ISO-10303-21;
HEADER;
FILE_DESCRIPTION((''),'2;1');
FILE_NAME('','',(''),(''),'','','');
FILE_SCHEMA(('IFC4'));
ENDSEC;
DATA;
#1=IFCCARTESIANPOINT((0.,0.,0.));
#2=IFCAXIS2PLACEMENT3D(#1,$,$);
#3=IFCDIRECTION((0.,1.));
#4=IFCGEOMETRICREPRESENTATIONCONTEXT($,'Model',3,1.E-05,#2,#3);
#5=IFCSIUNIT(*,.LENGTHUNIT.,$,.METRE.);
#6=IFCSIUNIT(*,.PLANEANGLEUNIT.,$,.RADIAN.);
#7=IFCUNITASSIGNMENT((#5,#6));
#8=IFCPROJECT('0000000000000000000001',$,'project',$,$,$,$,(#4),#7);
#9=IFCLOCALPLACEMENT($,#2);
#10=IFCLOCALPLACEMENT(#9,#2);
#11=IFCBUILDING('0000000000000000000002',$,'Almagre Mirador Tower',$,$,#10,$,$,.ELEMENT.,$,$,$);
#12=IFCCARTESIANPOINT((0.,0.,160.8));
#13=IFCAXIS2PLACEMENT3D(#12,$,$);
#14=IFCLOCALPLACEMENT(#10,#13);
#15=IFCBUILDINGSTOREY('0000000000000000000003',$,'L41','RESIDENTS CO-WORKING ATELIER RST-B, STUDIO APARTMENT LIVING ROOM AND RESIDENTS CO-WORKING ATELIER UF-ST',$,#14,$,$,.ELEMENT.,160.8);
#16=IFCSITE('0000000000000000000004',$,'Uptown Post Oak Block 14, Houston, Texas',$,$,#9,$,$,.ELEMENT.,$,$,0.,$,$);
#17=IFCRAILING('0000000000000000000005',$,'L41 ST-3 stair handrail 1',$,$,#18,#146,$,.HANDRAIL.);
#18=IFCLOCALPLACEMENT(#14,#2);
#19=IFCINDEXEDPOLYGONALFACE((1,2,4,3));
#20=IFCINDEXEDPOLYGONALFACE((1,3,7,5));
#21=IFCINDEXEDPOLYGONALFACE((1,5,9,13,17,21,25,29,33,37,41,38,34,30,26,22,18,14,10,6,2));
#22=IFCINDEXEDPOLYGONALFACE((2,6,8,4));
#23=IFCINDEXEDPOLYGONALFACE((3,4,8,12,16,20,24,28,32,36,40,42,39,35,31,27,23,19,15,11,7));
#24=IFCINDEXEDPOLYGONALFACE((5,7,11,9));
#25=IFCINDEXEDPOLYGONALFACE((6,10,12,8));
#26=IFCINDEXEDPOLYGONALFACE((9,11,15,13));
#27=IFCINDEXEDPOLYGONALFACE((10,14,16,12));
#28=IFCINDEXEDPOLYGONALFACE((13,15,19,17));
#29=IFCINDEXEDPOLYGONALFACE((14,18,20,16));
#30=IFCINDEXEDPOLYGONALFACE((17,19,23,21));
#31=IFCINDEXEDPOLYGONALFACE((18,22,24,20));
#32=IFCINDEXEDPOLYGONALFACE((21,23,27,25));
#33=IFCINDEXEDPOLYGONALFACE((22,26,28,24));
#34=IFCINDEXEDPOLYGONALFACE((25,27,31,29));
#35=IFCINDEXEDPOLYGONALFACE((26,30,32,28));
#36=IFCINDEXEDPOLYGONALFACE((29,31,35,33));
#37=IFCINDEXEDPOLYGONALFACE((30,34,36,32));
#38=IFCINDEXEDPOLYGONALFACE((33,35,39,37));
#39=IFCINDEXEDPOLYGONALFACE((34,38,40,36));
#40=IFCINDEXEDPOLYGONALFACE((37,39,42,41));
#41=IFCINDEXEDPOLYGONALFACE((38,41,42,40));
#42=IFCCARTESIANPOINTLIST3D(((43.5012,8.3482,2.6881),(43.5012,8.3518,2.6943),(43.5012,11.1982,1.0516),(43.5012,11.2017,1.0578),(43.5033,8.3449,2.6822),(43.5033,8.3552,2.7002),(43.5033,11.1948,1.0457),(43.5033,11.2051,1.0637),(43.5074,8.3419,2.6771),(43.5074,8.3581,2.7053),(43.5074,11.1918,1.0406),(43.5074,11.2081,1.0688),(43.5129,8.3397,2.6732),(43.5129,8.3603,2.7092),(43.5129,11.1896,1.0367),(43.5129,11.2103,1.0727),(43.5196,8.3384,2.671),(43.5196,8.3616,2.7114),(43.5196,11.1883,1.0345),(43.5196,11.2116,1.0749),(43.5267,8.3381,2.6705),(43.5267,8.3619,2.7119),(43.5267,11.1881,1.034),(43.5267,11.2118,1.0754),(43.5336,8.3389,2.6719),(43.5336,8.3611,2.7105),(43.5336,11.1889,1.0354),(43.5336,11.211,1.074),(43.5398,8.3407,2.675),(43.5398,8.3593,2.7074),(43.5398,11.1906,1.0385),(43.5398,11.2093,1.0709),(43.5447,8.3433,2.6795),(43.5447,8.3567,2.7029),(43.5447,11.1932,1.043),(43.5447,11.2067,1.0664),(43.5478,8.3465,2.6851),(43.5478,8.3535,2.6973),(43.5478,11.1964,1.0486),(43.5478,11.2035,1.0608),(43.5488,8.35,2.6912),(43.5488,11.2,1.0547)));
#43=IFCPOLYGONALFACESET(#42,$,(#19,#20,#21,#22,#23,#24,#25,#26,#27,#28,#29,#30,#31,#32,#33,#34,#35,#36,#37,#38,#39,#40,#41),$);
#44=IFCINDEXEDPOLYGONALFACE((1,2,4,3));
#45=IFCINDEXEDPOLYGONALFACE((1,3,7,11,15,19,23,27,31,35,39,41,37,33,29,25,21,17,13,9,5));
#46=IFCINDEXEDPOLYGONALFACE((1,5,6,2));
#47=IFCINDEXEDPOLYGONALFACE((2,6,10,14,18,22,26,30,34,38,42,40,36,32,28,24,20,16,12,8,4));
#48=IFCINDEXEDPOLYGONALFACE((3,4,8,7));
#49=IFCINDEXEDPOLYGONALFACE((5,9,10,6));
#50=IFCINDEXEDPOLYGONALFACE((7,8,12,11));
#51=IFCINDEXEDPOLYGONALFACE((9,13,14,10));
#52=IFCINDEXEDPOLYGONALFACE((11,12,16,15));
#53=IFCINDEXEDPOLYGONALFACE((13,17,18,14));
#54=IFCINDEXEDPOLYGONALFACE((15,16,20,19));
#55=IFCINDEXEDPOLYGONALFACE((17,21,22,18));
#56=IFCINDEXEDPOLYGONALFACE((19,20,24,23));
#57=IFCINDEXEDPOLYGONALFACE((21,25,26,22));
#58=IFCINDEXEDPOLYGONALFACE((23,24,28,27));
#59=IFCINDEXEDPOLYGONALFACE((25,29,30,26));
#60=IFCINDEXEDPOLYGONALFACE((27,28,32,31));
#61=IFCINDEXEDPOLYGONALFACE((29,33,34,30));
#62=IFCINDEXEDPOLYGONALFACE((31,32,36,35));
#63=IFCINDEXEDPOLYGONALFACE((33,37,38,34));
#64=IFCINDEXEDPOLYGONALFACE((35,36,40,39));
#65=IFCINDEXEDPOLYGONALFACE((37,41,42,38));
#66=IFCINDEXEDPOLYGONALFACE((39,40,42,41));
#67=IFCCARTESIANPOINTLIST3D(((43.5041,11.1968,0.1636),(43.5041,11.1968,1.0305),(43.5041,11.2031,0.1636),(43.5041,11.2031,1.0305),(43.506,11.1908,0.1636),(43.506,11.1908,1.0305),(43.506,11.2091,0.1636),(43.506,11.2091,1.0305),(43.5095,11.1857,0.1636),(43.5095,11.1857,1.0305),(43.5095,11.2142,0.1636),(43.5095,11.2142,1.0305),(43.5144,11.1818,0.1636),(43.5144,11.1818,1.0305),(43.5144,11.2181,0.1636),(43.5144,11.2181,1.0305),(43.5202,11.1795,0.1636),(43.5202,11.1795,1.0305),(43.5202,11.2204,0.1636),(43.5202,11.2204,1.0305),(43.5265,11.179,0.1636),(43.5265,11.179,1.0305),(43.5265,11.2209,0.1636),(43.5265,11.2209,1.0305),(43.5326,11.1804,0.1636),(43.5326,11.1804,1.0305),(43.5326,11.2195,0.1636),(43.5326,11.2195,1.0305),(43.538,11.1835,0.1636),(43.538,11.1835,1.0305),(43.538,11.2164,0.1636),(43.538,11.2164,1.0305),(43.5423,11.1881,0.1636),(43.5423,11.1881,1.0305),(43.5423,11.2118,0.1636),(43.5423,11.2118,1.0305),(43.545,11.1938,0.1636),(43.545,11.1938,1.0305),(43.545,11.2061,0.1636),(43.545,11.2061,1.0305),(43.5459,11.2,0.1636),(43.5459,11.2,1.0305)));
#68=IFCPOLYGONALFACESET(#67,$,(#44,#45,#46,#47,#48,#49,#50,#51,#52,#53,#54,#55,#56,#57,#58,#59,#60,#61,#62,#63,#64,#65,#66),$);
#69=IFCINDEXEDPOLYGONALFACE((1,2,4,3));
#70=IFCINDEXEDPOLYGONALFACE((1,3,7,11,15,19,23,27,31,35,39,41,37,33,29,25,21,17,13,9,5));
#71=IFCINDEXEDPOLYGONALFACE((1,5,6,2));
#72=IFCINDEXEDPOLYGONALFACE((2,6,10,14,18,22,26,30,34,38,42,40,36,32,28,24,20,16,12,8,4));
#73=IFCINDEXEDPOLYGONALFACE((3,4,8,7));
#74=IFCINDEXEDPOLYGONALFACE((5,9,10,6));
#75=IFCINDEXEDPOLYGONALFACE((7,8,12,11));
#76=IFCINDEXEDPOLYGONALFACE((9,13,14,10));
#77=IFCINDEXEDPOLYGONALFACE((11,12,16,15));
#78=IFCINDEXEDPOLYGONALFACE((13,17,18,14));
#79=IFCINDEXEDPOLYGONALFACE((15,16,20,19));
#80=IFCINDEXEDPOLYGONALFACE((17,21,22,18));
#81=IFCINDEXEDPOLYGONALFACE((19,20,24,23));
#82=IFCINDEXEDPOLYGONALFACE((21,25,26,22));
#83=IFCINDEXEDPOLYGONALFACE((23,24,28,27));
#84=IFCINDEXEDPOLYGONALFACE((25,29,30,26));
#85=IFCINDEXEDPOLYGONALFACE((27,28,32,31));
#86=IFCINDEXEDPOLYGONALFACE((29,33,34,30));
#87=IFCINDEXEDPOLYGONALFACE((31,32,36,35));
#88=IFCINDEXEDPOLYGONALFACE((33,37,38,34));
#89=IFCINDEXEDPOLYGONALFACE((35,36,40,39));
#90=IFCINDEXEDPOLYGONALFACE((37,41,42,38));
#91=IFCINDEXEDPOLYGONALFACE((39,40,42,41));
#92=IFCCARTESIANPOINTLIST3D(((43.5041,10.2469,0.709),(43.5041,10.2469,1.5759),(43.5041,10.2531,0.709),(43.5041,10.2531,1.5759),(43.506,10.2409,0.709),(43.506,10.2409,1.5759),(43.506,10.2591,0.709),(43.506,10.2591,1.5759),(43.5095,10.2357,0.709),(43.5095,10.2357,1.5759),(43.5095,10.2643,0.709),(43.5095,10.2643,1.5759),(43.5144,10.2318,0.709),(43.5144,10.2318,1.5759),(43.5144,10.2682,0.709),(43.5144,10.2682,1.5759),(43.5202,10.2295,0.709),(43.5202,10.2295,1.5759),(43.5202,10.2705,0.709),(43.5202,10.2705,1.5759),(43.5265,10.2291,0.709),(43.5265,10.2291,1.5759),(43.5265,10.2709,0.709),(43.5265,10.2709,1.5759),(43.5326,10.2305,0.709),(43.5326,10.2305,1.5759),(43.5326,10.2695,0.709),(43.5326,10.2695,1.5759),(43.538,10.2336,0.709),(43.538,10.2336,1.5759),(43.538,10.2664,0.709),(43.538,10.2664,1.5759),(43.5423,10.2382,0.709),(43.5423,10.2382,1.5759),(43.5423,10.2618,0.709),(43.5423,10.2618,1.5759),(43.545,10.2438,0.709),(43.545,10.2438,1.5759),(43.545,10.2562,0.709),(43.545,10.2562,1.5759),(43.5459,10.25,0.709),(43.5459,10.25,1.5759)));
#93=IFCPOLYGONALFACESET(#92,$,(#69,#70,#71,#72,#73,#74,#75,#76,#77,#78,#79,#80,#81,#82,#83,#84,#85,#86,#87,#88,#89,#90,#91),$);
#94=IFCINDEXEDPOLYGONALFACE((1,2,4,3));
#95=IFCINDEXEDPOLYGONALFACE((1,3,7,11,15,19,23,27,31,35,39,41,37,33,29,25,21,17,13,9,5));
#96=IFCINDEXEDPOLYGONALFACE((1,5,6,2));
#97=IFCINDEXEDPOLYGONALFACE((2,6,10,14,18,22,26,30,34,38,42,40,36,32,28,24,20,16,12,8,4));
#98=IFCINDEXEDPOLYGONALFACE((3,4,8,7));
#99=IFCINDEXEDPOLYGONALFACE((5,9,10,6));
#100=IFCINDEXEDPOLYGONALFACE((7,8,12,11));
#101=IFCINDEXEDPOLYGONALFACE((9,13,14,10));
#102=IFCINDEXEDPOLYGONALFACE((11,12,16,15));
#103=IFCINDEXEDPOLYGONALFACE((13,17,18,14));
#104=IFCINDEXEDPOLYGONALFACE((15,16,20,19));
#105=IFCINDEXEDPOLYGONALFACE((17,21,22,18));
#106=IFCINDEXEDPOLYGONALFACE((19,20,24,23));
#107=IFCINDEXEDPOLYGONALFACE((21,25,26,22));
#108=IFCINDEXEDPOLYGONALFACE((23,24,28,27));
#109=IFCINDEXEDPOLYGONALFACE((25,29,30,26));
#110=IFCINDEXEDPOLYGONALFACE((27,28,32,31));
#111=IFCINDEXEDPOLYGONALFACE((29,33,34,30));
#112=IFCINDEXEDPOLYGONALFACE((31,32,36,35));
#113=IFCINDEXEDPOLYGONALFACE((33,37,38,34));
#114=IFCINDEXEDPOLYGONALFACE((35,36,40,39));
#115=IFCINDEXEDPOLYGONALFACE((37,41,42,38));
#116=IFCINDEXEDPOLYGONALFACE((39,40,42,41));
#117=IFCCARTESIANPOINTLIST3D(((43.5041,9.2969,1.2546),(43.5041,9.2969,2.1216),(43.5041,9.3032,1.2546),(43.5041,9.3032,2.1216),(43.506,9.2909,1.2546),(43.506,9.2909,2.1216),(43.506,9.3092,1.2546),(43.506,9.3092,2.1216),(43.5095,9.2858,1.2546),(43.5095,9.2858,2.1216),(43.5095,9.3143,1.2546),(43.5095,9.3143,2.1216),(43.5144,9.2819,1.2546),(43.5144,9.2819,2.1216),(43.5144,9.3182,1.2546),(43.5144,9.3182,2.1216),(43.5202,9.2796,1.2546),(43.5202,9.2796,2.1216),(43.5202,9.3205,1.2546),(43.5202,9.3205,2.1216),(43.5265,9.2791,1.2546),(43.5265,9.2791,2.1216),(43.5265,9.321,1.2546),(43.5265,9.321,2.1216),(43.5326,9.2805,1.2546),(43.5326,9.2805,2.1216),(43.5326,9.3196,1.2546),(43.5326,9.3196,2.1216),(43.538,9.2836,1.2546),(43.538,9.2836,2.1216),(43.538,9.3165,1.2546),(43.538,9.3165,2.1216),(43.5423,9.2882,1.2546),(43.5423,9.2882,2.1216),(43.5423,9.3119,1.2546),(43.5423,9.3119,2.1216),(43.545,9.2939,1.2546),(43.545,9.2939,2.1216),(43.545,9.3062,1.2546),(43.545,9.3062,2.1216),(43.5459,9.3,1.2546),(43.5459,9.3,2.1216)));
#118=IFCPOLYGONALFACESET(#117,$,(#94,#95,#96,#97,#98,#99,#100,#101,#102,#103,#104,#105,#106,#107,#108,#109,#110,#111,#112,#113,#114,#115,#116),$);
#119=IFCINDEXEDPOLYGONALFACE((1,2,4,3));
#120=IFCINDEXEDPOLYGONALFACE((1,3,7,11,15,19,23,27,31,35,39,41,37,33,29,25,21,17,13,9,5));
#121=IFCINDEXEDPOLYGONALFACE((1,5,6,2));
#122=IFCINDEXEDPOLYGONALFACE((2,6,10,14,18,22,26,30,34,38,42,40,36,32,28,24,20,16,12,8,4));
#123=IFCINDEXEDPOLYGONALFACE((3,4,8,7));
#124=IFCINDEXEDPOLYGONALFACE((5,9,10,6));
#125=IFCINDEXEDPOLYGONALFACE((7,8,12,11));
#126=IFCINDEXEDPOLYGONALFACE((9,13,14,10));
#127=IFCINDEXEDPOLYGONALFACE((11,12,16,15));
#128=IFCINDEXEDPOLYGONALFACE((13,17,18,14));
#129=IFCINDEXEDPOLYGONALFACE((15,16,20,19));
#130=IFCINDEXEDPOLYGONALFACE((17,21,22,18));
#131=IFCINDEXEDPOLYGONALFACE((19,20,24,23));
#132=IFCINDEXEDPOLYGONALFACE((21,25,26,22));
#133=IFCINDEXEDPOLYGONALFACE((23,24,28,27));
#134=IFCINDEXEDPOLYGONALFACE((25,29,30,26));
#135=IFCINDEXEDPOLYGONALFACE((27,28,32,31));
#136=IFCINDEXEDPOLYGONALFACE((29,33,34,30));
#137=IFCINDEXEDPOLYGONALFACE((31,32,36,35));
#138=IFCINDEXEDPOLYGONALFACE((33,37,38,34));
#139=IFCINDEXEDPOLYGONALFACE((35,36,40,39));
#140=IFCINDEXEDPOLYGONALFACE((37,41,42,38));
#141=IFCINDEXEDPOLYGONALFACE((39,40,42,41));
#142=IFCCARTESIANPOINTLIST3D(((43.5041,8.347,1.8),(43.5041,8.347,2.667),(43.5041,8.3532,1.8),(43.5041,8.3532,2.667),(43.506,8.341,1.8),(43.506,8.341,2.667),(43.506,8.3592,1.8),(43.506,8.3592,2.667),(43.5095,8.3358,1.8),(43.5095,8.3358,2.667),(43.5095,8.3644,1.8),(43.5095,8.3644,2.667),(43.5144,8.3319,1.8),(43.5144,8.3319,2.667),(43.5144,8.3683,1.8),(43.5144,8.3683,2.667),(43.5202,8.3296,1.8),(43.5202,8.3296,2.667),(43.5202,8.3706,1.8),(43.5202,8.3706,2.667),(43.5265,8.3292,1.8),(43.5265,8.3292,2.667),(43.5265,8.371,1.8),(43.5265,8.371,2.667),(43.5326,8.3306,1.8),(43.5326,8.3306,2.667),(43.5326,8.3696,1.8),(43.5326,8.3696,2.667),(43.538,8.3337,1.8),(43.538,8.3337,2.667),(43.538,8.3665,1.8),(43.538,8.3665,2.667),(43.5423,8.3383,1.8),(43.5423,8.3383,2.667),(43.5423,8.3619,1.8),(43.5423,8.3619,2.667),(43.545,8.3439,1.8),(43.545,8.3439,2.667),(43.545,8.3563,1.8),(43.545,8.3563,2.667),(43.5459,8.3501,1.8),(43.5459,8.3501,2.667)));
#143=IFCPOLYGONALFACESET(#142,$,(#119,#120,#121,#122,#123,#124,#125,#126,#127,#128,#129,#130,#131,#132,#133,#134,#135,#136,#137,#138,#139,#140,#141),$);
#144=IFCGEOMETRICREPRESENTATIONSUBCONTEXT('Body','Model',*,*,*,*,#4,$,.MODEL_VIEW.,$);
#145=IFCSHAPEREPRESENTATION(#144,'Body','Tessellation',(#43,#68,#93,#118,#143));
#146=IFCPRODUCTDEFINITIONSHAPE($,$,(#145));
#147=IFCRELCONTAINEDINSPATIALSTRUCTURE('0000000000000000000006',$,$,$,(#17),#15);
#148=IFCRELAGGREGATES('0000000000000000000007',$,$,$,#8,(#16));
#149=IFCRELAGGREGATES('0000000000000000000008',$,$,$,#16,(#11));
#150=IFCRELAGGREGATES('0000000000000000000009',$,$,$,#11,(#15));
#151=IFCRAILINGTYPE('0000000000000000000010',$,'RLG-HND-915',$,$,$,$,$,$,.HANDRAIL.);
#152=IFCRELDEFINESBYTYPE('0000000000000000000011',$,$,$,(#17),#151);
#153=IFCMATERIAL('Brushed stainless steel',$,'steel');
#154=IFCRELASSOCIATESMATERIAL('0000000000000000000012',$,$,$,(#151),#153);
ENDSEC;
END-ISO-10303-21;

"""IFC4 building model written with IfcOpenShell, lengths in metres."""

from ifc_helpers import new_model, si_unit, direction, frame, origin, origin_2d, place, context, subcontext, project, spatial, circle, extrude, material, type_object, element, save


model = new_model("IFC4")

# Units and contexts
model_context = context("Model", 3, precision=1e-05, world=origin(), true_north=direction((0.0, 1.0)))
body_context = subcontext(model_context, "Body", "Model", "MODEL_VIEW")
ifc_project = project(units=[si_unit("LENGTHUNIT", "METRE"), si_unit("PLANEANGLEUNIT", "RADIAN")], contexts=[model_context])

# Site, building, storey
site_placement = place(None, origin())
site = spatial("IfcSite", under=ifc_project, at=site_placement, Name="Uptown Post Oak Block 14, Houston, Texas", CompositionType="ELEMENT", RefElevation=0.0)
building_placement = place(site_placement, origin())
building = spatial("IfcBuilding", under=site, at=building_placement, Name="Almagre Mirador Tower", CompositionType="ELEMENT")
storey_placement = place(building_placement, frame((0.0, 0.0, 160.8)))
storey = spatial("IfcBuildingStorey", under=building, at=storey_placement, Name="L41", Description="RESIDENTS CO-WORKING ATELIER RST-B, STUDIO APARTMENT LIVING ROOM AND RESIDENTS CO-WORKING ATELIER UF-ST", CompositionType="ELEMENT", Elevation=160.8)

# Railing
ifc_material_1 = material(Name="Brushed stainless steel", Category="steel")
railing_type_1 = type_object("IfcRailingType", Name="RLG-HND-915", PredefinedType="HANDRAIL", material=ifc_material_1)
railing_1_placement = place(storey_placement, frame((43.5249, 11.2, 0.1636)))
element("IfcRailing", 1, at=railing_1_placement, inside=storey, type_object=railing_type_1, Name="L41 ST-3 stair handrail 1", PredefinedType="HANDRAIL", context=body_context, shape_type="SweptSolid", body=[
    extrude(circle(Radius=0.0239, at=origin_2d()), frame((0.0, 0.0, 0.8911), z_axis=(0.0, -0.867194, 0.49797), x_axis=(1.0, 0.0, 0.0)), (0.0, 0.0, 1.0), 3.2864),
    extrude(circle(Radius=0.021, at=origin_2d()), origin(), (0.0, 0.0, 1.0), 0.8669),
    extrude(circle(Radius=0.021, at=origin_2d()), frame((0.0, -0.95, 0.5454)), (0.0, 0.0, 1.0), 0.8669),
    extrude(circle(Radius=0.021, at=origin_2d()), frame((0.0, -1.8999, 1.0911)), (0.0, 0.0, 1.0), 0.8669),
    extrude(circle(Radius=0.021, at=origin_2d()), frame((0.0, -2.8499, 1.6365)), (0.0, 0.0, 1.0), 0.8669),
])

save(model, "model.ifc")
